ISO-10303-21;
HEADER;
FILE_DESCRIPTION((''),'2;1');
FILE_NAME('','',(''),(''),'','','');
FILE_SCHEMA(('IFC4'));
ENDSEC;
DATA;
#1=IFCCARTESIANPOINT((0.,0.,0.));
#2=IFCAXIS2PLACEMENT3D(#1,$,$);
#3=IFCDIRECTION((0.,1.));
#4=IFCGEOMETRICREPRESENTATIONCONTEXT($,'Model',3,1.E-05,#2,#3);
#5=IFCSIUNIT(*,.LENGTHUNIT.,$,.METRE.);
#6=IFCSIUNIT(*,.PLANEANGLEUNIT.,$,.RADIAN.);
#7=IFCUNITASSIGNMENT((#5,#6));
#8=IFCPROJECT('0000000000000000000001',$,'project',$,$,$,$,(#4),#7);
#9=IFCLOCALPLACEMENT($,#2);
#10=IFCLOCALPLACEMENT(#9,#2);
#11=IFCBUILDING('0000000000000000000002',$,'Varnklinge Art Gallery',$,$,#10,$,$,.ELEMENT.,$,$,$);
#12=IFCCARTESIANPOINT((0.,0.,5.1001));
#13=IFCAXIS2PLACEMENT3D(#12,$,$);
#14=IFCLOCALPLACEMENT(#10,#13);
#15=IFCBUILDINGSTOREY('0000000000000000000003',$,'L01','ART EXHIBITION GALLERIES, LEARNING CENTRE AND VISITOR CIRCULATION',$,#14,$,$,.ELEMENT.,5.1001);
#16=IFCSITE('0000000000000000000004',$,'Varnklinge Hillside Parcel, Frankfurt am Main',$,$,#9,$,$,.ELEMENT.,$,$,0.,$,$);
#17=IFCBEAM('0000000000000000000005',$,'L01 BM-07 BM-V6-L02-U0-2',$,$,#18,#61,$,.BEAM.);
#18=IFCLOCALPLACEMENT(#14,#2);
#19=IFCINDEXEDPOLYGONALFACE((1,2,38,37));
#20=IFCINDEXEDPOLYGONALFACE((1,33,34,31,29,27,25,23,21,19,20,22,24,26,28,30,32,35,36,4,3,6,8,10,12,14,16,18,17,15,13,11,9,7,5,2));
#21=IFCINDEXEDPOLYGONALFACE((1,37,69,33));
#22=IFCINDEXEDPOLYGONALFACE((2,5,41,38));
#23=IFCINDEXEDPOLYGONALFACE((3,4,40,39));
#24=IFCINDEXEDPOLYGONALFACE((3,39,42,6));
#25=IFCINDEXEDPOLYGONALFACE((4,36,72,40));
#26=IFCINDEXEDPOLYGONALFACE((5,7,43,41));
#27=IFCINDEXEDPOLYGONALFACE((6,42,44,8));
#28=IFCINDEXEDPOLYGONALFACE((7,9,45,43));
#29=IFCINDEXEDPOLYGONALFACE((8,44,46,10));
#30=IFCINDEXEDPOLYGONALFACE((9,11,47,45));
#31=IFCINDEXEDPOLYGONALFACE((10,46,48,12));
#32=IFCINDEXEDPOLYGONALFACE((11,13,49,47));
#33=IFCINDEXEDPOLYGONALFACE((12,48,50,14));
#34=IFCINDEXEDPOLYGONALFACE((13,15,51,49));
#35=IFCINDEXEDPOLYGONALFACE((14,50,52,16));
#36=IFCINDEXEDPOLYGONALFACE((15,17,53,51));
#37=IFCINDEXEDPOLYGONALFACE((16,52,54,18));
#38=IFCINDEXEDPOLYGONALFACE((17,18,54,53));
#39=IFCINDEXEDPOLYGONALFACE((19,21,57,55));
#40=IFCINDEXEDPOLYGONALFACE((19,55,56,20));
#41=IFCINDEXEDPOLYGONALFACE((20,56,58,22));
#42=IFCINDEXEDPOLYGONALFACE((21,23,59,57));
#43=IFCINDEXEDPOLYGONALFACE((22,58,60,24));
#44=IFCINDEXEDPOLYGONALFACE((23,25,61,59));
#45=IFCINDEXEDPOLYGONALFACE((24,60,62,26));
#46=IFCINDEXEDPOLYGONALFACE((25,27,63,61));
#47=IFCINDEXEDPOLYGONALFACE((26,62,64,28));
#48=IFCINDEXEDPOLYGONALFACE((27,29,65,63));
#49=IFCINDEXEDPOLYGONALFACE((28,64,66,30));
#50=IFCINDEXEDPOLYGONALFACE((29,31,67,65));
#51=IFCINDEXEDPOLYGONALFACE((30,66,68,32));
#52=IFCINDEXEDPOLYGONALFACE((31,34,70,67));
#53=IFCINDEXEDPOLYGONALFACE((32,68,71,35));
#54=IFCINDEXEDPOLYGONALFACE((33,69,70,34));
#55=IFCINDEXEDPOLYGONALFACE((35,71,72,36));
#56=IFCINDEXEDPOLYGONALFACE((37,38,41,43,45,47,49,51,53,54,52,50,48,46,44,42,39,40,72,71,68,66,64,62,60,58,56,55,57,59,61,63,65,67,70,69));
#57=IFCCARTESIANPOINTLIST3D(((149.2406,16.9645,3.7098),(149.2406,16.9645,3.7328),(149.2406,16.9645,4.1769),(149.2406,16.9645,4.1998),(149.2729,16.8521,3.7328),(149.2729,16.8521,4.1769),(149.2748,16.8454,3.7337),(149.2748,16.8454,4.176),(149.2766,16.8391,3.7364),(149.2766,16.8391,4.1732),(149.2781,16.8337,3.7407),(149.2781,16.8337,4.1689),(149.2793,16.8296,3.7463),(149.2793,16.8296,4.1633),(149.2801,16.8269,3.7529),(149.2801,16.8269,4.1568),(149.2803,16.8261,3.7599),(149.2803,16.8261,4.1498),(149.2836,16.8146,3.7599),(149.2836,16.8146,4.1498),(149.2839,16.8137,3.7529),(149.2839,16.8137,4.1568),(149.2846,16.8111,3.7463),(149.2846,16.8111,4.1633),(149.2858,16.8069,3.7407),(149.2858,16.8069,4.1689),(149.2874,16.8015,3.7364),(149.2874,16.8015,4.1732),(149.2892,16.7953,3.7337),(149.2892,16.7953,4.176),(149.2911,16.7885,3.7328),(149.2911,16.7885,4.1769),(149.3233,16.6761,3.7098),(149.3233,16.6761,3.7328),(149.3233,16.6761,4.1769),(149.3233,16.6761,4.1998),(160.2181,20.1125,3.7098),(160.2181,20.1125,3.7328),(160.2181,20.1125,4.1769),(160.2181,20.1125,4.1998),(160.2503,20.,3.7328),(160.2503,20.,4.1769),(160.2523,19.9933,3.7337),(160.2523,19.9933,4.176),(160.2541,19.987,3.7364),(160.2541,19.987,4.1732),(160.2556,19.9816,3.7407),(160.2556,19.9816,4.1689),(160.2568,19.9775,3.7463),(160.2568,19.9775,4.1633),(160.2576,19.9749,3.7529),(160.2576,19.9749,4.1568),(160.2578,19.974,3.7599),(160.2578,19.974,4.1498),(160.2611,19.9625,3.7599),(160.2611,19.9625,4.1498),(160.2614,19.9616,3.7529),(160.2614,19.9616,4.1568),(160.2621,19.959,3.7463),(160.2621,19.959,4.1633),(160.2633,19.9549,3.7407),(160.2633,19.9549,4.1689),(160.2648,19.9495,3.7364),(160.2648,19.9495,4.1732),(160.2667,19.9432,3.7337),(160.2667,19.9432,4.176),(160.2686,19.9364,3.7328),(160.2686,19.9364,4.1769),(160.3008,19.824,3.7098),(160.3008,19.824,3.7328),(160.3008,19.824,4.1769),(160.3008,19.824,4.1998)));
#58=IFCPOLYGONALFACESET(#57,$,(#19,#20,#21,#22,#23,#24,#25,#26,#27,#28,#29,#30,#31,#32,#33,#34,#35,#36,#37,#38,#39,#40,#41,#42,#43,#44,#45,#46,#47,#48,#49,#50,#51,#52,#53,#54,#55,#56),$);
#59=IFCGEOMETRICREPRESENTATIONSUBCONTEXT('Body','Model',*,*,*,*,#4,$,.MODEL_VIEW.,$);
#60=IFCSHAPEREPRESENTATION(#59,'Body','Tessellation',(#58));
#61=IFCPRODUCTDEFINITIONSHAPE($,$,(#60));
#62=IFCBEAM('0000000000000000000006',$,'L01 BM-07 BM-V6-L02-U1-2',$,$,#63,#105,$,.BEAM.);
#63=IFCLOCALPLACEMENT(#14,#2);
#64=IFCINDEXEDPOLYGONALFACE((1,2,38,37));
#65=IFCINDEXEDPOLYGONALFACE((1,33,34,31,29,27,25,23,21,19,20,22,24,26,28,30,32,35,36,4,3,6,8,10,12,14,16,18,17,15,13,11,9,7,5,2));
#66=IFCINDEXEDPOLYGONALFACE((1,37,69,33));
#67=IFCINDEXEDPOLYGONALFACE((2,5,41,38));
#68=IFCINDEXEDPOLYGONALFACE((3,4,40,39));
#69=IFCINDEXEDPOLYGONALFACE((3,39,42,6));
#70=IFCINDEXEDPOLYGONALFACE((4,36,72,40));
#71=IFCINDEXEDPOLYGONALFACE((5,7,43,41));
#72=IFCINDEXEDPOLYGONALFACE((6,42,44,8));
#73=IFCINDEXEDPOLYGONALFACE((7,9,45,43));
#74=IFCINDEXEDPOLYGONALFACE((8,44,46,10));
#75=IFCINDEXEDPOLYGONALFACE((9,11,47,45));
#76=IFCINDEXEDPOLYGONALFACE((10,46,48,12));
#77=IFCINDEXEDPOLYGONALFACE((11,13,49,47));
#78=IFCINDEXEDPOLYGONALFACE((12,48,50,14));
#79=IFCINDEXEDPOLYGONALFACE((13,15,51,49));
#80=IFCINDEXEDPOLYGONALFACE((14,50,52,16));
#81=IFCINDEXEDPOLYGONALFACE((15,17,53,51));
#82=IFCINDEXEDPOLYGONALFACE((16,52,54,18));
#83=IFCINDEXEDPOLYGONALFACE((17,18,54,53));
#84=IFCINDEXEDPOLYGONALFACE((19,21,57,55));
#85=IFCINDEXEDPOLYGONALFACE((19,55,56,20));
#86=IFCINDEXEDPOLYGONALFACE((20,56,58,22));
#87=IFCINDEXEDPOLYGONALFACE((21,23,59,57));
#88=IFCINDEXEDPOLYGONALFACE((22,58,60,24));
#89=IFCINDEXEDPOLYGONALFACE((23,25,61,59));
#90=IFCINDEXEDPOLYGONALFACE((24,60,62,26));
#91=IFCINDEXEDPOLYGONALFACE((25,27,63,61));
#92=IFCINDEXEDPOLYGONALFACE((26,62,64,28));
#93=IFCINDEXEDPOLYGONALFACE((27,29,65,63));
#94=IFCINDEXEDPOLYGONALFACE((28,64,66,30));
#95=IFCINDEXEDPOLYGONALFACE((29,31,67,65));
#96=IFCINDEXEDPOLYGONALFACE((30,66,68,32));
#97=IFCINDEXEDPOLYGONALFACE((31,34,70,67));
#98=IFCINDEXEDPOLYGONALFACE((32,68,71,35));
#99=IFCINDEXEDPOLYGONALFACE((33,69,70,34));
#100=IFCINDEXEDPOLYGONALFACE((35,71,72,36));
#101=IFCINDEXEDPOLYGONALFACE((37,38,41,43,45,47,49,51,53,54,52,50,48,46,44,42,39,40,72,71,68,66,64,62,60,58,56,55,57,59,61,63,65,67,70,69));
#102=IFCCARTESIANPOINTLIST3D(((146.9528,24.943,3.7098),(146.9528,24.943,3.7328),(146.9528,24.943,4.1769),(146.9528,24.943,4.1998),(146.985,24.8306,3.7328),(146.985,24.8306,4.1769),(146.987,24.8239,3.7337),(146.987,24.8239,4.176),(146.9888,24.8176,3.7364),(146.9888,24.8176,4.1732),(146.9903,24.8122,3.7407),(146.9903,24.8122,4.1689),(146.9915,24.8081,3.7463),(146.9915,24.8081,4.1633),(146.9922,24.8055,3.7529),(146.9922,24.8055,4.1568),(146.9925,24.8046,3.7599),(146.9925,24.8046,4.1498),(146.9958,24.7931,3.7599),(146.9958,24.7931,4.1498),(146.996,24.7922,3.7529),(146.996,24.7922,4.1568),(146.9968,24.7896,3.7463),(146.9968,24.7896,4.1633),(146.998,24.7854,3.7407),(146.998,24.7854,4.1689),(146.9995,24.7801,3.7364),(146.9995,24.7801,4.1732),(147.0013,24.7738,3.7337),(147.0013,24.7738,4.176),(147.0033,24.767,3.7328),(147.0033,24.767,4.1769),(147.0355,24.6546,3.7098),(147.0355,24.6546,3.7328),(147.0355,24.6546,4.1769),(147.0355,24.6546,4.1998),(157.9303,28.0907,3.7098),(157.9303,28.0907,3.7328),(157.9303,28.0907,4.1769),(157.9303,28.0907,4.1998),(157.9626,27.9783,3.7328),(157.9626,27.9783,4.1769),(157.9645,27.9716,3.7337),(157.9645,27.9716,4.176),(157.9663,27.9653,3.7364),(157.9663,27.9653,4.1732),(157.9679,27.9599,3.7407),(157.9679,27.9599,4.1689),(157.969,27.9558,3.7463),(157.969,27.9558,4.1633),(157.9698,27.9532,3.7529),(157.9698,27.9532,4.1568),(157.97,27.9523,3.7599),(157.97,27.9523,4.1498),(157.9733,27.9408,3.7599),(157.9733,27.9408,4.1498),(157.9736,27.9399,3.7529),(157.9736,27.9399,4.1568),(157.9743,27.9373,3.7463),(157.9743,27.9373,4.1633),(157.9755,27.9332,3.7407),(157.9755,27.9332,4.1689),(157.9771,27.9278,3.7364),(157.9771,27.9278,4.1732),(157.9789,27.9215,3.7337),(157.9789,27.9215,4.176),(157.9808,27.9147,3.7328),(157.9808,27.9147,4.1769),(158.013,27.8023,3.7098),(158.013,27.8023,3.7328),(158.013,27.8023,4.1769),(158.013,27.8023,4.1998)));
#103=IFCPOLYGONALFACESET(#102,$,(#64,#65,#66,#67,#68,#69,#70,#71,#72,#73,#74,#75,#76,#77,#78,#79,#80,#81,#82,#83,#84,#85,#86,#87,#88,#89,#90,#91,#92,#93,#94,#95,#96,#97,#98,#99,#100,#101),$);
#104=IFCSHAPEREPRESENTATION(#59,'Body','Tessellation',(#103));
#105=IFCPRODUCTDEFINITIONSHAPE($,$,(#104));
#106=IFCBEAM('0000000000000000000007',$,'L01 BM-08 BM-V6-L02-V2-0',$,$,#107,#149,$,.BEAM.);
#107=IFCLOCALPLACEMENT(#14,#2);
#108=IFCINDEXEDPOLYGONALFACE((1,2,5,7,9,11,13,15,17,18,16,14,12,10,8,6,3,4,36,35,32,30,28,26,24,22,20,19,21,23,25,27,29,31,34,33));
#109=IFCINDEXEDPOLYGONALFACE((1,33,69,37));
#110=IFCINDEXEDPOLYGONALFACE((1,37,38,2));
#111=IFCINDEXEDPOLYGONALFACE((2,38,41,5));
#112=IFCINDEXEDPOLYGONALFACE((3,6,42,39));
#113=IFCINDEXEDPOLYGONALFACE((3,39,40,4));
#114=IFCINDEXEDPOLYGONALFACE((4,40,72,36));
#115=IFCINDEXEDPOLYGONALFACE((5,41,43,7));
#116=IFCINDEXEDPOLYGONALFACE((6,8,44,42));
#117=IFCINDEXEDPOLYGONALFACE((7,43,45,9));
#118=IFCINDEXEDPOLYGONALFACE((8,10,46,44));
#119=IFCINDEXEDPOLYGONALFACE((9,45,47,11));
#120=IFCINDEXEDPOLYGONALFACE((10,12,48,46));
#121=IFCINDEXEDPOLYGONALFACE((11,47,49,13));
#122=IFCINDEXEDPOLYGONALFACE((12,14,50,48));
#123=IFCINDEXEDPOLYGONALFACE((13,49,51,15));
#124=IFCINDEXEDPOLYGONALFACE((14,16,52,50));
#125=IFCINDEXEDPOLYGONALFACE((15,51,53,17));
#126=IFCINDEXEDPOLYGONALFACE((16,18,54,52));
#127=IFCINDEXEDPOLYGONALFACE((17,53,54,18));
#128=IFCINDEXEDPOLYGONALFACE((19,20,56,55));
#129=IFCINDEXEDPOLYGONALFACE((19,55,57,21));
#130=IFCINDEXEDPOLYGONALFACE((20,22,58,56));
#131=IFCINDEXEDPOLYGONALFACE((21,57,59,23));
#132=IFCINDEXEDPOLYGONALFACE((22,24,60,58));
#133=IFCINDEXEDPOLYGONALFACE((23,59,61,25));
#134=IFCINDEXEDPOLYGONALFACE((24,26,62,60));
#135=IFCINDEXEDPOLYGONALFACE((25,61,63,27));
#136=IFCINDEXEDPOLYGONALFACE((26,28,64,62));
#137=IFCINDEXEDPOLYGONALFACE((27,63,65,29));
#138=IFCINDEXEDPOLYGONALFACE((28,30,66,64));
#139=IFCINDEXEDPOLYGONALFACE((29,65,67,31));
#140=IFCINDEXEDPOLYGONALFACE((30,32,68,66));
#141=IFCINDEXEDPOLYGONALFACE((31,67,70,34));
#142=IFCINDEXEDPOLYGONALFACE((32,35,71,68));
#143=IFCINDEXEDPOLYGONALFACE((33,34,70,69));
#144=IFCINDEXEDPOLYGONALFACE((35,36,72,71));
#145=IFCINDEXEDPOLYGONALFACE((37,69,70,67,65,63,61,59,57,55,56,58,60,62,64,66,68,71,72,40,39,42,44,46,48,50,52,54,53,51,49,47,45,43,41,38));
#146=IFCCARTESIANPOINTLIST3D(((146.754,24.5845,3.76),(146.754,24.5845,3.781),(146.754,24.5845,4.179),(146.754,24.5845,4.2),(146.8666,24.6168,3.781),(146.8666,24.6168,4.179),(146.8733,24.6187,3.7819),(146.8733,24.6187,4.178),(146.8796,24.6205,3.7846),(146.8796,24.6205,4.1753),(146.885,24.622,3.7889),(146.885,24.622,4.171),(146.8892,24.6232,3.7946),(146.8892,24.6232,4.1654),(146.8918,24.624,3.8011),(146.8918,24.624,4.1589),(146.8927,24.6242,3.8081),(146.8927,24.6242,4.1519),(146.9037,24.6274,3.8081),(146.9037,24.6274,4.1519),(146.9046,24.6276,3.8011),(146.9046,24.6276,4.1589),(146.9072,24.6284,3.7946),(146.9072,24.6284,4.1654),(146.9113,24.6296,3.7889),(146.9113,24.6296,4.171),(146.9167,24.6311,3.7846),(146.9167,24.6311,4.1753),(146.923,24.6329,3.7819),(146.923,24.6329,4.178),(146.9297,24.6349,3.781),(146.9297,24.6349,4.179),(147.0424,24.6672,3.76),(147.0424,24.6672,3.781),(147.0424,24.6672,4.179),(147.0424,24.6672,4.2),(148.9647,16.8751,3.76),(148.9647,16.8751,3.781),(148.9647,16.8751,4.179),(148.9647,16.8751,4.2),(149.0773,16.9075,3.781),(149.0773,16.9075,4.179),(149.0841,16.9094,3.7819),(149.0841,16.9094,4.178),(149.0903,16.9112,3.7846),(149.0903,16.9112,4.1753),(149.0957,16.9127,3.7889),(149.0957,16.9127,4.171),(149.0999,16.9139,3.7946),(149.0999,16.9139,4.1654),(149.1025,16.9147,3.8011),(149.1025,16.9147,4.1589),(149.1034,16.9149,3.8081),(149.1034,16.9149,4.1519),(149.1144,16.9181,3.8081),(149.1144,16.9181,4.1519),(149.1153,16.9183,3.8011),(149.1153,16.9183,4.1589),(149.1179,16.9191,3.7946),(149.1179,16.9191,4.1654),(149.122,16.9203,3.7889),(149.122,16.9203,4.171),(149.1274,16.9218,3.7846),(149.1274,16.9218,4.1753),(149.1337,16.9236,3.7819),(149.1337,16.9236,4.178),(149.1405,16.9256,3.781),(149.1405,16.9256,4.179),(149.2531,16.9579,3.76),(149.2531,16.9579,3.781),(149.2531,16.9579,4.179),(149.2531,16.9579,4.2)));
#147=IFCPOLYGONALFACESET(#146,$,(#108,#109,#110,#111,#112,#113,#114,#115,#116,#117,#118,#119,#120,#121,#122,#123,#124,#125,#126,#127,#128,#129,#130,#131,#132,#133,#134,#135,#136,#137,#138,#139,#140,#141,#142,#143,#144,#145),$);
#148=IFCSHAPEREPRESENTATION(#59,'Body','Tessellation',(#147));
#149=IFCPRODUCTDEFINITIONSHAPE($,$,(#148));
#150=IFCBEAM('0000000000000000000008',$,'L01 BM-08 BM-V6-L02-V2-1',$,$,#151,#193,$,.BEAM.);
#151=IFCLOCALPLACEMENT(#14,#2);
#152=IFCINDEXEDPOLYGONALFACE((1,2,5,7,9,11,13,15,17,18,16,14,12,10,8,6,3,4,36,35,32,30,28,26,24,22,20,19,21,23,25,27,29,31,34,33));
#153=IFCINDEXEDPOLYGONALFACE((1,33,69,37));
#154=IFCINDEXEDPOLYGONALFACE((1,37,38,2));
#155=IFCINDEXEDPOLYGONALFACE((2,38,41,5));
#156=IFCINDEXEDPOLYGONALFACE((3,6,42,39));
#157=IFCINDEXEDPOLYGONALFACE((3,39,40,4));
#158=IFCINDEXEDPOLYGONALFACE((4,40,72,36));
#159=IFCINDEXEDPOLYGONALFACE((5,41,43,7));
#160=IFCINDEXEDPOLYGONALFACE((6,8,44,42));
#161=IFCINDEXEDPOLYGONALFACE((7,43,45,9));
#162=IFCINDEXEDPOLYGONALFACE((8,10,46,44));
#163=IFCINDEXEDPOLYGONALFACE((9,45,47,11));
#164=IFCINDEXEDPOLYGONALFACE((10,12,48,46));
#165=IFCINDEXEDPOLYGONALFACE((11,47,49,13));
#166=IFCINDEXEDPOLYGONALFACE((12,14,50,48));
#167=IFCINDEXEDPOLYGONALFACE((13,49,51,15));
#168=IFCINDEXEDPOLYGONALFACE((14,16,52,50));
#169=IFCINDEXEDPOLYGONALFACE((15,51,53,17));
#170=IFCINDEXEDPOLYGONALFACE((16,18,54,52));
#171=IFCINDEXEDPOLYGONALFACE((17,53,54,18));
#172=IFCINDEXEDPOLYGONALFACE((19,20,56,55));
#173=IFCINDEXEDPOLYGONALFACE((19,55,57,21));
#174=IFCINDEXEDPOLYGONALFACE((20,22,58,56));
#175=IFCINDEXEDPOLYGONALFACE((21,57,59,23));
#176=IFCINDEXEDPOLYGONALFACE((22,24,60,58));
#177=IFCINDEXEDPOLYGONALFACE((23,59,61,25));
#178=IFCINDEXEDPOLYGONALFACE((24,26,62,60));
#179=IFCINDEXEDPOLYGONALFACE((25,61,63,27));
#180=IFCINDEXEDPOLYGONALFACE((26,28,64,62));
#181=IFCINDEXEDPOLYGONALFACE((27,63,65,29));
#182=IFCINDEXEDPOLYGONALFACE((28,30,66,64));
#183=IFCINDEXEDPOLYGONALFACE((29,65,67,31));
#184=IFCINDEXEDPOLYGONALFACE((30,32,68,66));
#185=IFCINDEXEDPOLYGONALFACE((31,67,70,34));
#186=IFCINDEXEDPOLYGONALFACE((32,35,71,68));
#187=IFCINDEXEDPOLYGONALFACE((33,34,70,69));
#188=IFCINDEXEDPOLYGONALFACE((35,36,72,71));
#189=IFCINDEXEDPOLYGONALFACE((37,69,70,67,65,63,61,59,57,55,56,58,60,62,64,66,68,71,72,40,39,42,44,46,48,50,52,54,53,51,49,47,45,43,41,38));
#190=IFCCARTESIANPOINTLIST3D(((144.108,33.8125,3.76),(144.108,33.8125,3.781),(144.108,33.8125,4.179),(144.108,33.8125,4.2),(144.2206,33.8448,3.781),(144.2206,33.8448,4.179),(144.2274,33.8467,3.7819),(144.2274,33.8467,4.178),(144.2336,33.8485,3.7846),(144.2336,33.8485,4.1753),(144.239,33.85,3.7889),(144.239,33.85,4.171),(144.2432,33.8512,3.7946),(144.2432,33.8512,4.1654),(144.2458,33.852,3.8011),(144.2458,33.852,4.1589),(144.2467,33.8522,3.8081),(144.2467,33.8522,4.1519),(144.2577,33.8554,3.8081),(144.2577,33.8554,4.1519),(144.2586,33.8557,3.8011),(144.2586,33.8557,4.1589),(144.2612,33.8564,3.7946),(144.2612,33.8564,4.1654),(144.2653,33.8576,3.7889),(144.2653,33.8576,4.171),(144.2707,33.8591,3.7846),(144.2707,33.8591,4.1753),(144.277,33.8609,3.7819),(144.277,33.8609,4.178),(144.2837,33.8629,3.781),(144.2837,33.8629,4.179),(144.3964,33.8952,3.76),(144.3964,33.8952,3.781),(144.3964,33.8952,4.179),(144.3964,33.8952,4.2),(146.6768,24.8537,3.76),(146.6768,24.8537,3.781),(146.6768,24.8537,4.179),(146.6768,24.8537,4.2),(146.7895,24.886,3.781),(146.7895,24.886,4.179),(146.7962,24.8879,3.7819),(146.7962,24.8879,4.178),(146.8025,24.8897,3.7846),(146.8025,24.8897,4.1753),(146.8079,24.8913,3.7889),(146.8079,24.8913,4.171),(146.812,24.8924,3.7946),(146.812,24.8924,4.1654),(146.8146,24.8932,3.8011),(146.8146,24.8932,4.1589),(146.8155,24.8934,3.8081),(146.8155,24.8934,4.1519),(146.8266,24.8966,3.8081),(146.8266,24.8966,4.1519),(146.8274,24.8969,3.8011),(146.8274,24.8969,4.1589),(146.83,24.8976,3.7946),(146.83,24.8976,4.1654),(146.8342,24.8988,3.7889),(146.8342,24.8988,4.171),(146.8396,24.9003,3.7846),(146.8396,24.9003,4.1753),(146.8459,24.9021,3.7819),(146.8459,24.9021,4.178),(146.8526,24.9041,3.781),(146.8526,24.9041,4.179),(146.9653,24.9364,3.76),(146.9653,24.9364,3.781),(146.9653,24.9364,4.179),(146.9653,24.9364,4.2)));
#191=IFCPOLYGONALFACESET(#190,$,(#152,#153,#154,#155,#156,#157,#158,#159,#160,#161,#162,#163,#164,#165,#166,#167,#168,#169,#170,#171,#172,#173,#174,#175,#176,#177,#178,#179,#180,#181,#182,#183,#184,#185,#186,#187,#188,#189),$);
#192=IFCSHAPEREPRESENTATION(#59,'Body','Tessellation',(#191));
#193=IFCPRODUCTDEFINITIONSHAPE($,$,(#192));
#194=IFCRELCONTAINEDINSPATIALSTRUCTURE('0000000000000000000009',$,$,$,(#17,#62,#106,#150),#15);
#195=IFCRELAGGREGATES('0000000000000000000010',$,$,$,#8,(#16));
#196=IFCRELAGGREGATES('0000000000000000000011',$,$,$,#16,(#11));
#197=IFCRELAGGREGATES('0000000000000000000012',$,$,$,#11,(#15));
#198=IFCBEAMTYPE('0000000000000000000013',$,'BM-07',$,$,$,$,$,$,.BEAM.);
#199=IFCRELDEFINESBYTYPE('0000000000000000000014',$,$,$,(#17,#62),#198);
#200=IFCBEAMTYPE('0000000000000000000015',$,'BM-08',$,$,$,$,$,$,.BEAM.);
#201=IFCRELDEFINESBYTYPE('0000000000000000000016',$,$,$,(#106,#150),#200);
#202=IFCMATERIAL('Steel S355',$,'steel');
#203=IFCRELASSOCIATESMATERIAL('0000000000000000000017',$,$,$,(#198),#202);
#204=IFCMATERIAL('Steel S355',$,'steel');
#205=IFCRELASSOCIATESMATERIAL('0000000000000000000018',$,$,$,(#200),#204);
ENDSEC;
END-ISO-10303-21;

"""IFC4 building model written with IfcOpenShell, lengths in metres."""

from ifc_helpers import new_model, si_unit, direction, frame, origin, origin_2d, place, context, subcontext, project, spatial, i_section, extrude, material, material_profile, profile_set, type_object, element, save


model = new_model("IFC4")

# Units and contexts
model_context = context("Model", 3, precision=1e-05, world=origin(), true_north=direction((0.0, 1.0)))
body_context = subcontext(model_context, "Body", "Model", "MODEL_VIEW")
ifc_project = project(units=[si_unit("LENGTHUNIT", "METRE"), si_unit("PLANEANGLEUNIT", "RADIAN")], contexts=[model_context])

# Site, building, storey
site_placement = place(None, origin())
site = spatial("IfcSite", under=ifc_project, at=site_placement, Name="Varnklinge Hillside Parcel, Frankfurt am Main", CompositionType="ELEMENT", RefElevation=0.0)
building_placement = place(site_placement, origin())
building = spatial("IfcBuilding", under=site, at=building_placement, Name="Varnklinge Art Gallery", CompositionType="ELEMENT")
storey_placement = place(building_placement, frame((0.0, 0.0, 5.1001)))
storey = spatial("IfcBuildingStorey", under=building, at=storey_placement, Name="L01", Description="ART EXHIBITION GALLERIES, LEARNING CENTRE AND VISITOR CIRCULATION", CompositionType="ELEMENT", Elevation=5.1001)

# Beams
ifc_material_1 = material(Name="Steel S355", Category="steel")
ifc_material_profile_1 = material_profile(ifc_material_1, i_section(OverallWidth=0.3, OverallDepth=0.49, WebThickness=0.012, FlangeThickness=0.0229, FilletRadius=0.0271, at=origin_2d()), Name="HEA 500")
ifc_profile_set_1 = profile_set([ifc_material_profile_1], Name="Steel S355")
beam_type_1 = type_object("IfcBeamType", Name="BM-07", PredefinedType="BEAM", material=ifc_profile_set_1)
for number, where, z_axis, x_axis, name in (
    (1, (149.282, 16.8203, 3.9548), (0.961257, 0.275653, 0.0), (-0.275653, 0.961257, 0.0), "L01 BM-07 BM-V6-L02-U0-2"),
    (2, (146.9941, 24.7988, 3.9548), (0.961263, 0.275633, 0.0), (-0.275633, 0.961263, 0.0), "L01 BM-07 BM-V6-L02-U1-2"),
):
    element("IfcBeam", number, at=place(storey_placement, frame(where, z_axis=z_axis, x_axis=x_axis)), inside=storey, type_object=beam_type_1, Name=name, PredefinedType="BEAM", context=body_context, shape_type="SweptSolid", body=[
        extrude(i_section(OverallWidth=0.3, OverallDepth=0.49, WebThickness=0.012, FlangeThickness=0.0229, FilletRadius=0.0271, at=origin_2d()), origin(), (0.0, 0.0, 1.0), 11.4199),
    ])
ifc_material_2 = material(Name="Steel S355", Category="steel")
ifc_material_profile_2 = material_profile(ifc_material_2, i_section(OverallWidth=0.3, OverallDepth=0.4399, WebThickness=0.0115, FlangeThickness=0.021, FilletRadius=0.0271, at=origin_2d()), Name="HEA 450")
ifc_profile_set_2 = profile_set([ifc_material_profile_2], Name="Steel S355")
beam_type_2 = type_object("IfcBeamType", Name="BM-08", PredefinedType="BEAM", material=ifc_profile_set_2)
beam_1_placement = place(storey_placement, frame((149.1089, 16.9165, 3.98), z_axis=(-0.27565, 0.961258, 0.0), x_axis=(-0.961258, -0.27565, 0.0)))
element("IfcBeam", 3, at=beam_1_placement, inside=storey, type_object=beam_type_2, Name="L01 BM-08 BM-V6-L02-V2-0", PredefinedType="BEAM", context=body_context, shape_type="SweptSolid", body=[
    extrude(i_section(OverallWidth=0.3, OverallDepth=0.4399, WebThickness=0.0115, FlangeThickness=0.021, FilletRadius=0.0271, at=origin_2d()), origin(), (0.0, 0.0, 1.0), 8.02),
])
beam_2_placement = place(storey_placement, frame((146.821, 24.895, 3.98), z_axis=(-0.275634, 0.961263, 0.0), x_axis=(-0.961263, -0.275634, 0.0)))
element("IfcBeam", 4, at=beam_2_placement, inside=storey, type_object=beam_type_2, Name="L01 BM-08 BM-V6-L02-V2-1", PredefinedType="BEAM", context=body_context, shape_type="SweptSolid", body=[
    extrude(i_section(OverallWidth=0.3, OverallDepth=0.4399, WebThickness=0.0115, FlangeThickness=0.021, FilletRadius=0.0271, at=origin_2d()), origin(), (0.0, 0.0, 1.0), 9.3198),
])

save(model, "model.ifc")
